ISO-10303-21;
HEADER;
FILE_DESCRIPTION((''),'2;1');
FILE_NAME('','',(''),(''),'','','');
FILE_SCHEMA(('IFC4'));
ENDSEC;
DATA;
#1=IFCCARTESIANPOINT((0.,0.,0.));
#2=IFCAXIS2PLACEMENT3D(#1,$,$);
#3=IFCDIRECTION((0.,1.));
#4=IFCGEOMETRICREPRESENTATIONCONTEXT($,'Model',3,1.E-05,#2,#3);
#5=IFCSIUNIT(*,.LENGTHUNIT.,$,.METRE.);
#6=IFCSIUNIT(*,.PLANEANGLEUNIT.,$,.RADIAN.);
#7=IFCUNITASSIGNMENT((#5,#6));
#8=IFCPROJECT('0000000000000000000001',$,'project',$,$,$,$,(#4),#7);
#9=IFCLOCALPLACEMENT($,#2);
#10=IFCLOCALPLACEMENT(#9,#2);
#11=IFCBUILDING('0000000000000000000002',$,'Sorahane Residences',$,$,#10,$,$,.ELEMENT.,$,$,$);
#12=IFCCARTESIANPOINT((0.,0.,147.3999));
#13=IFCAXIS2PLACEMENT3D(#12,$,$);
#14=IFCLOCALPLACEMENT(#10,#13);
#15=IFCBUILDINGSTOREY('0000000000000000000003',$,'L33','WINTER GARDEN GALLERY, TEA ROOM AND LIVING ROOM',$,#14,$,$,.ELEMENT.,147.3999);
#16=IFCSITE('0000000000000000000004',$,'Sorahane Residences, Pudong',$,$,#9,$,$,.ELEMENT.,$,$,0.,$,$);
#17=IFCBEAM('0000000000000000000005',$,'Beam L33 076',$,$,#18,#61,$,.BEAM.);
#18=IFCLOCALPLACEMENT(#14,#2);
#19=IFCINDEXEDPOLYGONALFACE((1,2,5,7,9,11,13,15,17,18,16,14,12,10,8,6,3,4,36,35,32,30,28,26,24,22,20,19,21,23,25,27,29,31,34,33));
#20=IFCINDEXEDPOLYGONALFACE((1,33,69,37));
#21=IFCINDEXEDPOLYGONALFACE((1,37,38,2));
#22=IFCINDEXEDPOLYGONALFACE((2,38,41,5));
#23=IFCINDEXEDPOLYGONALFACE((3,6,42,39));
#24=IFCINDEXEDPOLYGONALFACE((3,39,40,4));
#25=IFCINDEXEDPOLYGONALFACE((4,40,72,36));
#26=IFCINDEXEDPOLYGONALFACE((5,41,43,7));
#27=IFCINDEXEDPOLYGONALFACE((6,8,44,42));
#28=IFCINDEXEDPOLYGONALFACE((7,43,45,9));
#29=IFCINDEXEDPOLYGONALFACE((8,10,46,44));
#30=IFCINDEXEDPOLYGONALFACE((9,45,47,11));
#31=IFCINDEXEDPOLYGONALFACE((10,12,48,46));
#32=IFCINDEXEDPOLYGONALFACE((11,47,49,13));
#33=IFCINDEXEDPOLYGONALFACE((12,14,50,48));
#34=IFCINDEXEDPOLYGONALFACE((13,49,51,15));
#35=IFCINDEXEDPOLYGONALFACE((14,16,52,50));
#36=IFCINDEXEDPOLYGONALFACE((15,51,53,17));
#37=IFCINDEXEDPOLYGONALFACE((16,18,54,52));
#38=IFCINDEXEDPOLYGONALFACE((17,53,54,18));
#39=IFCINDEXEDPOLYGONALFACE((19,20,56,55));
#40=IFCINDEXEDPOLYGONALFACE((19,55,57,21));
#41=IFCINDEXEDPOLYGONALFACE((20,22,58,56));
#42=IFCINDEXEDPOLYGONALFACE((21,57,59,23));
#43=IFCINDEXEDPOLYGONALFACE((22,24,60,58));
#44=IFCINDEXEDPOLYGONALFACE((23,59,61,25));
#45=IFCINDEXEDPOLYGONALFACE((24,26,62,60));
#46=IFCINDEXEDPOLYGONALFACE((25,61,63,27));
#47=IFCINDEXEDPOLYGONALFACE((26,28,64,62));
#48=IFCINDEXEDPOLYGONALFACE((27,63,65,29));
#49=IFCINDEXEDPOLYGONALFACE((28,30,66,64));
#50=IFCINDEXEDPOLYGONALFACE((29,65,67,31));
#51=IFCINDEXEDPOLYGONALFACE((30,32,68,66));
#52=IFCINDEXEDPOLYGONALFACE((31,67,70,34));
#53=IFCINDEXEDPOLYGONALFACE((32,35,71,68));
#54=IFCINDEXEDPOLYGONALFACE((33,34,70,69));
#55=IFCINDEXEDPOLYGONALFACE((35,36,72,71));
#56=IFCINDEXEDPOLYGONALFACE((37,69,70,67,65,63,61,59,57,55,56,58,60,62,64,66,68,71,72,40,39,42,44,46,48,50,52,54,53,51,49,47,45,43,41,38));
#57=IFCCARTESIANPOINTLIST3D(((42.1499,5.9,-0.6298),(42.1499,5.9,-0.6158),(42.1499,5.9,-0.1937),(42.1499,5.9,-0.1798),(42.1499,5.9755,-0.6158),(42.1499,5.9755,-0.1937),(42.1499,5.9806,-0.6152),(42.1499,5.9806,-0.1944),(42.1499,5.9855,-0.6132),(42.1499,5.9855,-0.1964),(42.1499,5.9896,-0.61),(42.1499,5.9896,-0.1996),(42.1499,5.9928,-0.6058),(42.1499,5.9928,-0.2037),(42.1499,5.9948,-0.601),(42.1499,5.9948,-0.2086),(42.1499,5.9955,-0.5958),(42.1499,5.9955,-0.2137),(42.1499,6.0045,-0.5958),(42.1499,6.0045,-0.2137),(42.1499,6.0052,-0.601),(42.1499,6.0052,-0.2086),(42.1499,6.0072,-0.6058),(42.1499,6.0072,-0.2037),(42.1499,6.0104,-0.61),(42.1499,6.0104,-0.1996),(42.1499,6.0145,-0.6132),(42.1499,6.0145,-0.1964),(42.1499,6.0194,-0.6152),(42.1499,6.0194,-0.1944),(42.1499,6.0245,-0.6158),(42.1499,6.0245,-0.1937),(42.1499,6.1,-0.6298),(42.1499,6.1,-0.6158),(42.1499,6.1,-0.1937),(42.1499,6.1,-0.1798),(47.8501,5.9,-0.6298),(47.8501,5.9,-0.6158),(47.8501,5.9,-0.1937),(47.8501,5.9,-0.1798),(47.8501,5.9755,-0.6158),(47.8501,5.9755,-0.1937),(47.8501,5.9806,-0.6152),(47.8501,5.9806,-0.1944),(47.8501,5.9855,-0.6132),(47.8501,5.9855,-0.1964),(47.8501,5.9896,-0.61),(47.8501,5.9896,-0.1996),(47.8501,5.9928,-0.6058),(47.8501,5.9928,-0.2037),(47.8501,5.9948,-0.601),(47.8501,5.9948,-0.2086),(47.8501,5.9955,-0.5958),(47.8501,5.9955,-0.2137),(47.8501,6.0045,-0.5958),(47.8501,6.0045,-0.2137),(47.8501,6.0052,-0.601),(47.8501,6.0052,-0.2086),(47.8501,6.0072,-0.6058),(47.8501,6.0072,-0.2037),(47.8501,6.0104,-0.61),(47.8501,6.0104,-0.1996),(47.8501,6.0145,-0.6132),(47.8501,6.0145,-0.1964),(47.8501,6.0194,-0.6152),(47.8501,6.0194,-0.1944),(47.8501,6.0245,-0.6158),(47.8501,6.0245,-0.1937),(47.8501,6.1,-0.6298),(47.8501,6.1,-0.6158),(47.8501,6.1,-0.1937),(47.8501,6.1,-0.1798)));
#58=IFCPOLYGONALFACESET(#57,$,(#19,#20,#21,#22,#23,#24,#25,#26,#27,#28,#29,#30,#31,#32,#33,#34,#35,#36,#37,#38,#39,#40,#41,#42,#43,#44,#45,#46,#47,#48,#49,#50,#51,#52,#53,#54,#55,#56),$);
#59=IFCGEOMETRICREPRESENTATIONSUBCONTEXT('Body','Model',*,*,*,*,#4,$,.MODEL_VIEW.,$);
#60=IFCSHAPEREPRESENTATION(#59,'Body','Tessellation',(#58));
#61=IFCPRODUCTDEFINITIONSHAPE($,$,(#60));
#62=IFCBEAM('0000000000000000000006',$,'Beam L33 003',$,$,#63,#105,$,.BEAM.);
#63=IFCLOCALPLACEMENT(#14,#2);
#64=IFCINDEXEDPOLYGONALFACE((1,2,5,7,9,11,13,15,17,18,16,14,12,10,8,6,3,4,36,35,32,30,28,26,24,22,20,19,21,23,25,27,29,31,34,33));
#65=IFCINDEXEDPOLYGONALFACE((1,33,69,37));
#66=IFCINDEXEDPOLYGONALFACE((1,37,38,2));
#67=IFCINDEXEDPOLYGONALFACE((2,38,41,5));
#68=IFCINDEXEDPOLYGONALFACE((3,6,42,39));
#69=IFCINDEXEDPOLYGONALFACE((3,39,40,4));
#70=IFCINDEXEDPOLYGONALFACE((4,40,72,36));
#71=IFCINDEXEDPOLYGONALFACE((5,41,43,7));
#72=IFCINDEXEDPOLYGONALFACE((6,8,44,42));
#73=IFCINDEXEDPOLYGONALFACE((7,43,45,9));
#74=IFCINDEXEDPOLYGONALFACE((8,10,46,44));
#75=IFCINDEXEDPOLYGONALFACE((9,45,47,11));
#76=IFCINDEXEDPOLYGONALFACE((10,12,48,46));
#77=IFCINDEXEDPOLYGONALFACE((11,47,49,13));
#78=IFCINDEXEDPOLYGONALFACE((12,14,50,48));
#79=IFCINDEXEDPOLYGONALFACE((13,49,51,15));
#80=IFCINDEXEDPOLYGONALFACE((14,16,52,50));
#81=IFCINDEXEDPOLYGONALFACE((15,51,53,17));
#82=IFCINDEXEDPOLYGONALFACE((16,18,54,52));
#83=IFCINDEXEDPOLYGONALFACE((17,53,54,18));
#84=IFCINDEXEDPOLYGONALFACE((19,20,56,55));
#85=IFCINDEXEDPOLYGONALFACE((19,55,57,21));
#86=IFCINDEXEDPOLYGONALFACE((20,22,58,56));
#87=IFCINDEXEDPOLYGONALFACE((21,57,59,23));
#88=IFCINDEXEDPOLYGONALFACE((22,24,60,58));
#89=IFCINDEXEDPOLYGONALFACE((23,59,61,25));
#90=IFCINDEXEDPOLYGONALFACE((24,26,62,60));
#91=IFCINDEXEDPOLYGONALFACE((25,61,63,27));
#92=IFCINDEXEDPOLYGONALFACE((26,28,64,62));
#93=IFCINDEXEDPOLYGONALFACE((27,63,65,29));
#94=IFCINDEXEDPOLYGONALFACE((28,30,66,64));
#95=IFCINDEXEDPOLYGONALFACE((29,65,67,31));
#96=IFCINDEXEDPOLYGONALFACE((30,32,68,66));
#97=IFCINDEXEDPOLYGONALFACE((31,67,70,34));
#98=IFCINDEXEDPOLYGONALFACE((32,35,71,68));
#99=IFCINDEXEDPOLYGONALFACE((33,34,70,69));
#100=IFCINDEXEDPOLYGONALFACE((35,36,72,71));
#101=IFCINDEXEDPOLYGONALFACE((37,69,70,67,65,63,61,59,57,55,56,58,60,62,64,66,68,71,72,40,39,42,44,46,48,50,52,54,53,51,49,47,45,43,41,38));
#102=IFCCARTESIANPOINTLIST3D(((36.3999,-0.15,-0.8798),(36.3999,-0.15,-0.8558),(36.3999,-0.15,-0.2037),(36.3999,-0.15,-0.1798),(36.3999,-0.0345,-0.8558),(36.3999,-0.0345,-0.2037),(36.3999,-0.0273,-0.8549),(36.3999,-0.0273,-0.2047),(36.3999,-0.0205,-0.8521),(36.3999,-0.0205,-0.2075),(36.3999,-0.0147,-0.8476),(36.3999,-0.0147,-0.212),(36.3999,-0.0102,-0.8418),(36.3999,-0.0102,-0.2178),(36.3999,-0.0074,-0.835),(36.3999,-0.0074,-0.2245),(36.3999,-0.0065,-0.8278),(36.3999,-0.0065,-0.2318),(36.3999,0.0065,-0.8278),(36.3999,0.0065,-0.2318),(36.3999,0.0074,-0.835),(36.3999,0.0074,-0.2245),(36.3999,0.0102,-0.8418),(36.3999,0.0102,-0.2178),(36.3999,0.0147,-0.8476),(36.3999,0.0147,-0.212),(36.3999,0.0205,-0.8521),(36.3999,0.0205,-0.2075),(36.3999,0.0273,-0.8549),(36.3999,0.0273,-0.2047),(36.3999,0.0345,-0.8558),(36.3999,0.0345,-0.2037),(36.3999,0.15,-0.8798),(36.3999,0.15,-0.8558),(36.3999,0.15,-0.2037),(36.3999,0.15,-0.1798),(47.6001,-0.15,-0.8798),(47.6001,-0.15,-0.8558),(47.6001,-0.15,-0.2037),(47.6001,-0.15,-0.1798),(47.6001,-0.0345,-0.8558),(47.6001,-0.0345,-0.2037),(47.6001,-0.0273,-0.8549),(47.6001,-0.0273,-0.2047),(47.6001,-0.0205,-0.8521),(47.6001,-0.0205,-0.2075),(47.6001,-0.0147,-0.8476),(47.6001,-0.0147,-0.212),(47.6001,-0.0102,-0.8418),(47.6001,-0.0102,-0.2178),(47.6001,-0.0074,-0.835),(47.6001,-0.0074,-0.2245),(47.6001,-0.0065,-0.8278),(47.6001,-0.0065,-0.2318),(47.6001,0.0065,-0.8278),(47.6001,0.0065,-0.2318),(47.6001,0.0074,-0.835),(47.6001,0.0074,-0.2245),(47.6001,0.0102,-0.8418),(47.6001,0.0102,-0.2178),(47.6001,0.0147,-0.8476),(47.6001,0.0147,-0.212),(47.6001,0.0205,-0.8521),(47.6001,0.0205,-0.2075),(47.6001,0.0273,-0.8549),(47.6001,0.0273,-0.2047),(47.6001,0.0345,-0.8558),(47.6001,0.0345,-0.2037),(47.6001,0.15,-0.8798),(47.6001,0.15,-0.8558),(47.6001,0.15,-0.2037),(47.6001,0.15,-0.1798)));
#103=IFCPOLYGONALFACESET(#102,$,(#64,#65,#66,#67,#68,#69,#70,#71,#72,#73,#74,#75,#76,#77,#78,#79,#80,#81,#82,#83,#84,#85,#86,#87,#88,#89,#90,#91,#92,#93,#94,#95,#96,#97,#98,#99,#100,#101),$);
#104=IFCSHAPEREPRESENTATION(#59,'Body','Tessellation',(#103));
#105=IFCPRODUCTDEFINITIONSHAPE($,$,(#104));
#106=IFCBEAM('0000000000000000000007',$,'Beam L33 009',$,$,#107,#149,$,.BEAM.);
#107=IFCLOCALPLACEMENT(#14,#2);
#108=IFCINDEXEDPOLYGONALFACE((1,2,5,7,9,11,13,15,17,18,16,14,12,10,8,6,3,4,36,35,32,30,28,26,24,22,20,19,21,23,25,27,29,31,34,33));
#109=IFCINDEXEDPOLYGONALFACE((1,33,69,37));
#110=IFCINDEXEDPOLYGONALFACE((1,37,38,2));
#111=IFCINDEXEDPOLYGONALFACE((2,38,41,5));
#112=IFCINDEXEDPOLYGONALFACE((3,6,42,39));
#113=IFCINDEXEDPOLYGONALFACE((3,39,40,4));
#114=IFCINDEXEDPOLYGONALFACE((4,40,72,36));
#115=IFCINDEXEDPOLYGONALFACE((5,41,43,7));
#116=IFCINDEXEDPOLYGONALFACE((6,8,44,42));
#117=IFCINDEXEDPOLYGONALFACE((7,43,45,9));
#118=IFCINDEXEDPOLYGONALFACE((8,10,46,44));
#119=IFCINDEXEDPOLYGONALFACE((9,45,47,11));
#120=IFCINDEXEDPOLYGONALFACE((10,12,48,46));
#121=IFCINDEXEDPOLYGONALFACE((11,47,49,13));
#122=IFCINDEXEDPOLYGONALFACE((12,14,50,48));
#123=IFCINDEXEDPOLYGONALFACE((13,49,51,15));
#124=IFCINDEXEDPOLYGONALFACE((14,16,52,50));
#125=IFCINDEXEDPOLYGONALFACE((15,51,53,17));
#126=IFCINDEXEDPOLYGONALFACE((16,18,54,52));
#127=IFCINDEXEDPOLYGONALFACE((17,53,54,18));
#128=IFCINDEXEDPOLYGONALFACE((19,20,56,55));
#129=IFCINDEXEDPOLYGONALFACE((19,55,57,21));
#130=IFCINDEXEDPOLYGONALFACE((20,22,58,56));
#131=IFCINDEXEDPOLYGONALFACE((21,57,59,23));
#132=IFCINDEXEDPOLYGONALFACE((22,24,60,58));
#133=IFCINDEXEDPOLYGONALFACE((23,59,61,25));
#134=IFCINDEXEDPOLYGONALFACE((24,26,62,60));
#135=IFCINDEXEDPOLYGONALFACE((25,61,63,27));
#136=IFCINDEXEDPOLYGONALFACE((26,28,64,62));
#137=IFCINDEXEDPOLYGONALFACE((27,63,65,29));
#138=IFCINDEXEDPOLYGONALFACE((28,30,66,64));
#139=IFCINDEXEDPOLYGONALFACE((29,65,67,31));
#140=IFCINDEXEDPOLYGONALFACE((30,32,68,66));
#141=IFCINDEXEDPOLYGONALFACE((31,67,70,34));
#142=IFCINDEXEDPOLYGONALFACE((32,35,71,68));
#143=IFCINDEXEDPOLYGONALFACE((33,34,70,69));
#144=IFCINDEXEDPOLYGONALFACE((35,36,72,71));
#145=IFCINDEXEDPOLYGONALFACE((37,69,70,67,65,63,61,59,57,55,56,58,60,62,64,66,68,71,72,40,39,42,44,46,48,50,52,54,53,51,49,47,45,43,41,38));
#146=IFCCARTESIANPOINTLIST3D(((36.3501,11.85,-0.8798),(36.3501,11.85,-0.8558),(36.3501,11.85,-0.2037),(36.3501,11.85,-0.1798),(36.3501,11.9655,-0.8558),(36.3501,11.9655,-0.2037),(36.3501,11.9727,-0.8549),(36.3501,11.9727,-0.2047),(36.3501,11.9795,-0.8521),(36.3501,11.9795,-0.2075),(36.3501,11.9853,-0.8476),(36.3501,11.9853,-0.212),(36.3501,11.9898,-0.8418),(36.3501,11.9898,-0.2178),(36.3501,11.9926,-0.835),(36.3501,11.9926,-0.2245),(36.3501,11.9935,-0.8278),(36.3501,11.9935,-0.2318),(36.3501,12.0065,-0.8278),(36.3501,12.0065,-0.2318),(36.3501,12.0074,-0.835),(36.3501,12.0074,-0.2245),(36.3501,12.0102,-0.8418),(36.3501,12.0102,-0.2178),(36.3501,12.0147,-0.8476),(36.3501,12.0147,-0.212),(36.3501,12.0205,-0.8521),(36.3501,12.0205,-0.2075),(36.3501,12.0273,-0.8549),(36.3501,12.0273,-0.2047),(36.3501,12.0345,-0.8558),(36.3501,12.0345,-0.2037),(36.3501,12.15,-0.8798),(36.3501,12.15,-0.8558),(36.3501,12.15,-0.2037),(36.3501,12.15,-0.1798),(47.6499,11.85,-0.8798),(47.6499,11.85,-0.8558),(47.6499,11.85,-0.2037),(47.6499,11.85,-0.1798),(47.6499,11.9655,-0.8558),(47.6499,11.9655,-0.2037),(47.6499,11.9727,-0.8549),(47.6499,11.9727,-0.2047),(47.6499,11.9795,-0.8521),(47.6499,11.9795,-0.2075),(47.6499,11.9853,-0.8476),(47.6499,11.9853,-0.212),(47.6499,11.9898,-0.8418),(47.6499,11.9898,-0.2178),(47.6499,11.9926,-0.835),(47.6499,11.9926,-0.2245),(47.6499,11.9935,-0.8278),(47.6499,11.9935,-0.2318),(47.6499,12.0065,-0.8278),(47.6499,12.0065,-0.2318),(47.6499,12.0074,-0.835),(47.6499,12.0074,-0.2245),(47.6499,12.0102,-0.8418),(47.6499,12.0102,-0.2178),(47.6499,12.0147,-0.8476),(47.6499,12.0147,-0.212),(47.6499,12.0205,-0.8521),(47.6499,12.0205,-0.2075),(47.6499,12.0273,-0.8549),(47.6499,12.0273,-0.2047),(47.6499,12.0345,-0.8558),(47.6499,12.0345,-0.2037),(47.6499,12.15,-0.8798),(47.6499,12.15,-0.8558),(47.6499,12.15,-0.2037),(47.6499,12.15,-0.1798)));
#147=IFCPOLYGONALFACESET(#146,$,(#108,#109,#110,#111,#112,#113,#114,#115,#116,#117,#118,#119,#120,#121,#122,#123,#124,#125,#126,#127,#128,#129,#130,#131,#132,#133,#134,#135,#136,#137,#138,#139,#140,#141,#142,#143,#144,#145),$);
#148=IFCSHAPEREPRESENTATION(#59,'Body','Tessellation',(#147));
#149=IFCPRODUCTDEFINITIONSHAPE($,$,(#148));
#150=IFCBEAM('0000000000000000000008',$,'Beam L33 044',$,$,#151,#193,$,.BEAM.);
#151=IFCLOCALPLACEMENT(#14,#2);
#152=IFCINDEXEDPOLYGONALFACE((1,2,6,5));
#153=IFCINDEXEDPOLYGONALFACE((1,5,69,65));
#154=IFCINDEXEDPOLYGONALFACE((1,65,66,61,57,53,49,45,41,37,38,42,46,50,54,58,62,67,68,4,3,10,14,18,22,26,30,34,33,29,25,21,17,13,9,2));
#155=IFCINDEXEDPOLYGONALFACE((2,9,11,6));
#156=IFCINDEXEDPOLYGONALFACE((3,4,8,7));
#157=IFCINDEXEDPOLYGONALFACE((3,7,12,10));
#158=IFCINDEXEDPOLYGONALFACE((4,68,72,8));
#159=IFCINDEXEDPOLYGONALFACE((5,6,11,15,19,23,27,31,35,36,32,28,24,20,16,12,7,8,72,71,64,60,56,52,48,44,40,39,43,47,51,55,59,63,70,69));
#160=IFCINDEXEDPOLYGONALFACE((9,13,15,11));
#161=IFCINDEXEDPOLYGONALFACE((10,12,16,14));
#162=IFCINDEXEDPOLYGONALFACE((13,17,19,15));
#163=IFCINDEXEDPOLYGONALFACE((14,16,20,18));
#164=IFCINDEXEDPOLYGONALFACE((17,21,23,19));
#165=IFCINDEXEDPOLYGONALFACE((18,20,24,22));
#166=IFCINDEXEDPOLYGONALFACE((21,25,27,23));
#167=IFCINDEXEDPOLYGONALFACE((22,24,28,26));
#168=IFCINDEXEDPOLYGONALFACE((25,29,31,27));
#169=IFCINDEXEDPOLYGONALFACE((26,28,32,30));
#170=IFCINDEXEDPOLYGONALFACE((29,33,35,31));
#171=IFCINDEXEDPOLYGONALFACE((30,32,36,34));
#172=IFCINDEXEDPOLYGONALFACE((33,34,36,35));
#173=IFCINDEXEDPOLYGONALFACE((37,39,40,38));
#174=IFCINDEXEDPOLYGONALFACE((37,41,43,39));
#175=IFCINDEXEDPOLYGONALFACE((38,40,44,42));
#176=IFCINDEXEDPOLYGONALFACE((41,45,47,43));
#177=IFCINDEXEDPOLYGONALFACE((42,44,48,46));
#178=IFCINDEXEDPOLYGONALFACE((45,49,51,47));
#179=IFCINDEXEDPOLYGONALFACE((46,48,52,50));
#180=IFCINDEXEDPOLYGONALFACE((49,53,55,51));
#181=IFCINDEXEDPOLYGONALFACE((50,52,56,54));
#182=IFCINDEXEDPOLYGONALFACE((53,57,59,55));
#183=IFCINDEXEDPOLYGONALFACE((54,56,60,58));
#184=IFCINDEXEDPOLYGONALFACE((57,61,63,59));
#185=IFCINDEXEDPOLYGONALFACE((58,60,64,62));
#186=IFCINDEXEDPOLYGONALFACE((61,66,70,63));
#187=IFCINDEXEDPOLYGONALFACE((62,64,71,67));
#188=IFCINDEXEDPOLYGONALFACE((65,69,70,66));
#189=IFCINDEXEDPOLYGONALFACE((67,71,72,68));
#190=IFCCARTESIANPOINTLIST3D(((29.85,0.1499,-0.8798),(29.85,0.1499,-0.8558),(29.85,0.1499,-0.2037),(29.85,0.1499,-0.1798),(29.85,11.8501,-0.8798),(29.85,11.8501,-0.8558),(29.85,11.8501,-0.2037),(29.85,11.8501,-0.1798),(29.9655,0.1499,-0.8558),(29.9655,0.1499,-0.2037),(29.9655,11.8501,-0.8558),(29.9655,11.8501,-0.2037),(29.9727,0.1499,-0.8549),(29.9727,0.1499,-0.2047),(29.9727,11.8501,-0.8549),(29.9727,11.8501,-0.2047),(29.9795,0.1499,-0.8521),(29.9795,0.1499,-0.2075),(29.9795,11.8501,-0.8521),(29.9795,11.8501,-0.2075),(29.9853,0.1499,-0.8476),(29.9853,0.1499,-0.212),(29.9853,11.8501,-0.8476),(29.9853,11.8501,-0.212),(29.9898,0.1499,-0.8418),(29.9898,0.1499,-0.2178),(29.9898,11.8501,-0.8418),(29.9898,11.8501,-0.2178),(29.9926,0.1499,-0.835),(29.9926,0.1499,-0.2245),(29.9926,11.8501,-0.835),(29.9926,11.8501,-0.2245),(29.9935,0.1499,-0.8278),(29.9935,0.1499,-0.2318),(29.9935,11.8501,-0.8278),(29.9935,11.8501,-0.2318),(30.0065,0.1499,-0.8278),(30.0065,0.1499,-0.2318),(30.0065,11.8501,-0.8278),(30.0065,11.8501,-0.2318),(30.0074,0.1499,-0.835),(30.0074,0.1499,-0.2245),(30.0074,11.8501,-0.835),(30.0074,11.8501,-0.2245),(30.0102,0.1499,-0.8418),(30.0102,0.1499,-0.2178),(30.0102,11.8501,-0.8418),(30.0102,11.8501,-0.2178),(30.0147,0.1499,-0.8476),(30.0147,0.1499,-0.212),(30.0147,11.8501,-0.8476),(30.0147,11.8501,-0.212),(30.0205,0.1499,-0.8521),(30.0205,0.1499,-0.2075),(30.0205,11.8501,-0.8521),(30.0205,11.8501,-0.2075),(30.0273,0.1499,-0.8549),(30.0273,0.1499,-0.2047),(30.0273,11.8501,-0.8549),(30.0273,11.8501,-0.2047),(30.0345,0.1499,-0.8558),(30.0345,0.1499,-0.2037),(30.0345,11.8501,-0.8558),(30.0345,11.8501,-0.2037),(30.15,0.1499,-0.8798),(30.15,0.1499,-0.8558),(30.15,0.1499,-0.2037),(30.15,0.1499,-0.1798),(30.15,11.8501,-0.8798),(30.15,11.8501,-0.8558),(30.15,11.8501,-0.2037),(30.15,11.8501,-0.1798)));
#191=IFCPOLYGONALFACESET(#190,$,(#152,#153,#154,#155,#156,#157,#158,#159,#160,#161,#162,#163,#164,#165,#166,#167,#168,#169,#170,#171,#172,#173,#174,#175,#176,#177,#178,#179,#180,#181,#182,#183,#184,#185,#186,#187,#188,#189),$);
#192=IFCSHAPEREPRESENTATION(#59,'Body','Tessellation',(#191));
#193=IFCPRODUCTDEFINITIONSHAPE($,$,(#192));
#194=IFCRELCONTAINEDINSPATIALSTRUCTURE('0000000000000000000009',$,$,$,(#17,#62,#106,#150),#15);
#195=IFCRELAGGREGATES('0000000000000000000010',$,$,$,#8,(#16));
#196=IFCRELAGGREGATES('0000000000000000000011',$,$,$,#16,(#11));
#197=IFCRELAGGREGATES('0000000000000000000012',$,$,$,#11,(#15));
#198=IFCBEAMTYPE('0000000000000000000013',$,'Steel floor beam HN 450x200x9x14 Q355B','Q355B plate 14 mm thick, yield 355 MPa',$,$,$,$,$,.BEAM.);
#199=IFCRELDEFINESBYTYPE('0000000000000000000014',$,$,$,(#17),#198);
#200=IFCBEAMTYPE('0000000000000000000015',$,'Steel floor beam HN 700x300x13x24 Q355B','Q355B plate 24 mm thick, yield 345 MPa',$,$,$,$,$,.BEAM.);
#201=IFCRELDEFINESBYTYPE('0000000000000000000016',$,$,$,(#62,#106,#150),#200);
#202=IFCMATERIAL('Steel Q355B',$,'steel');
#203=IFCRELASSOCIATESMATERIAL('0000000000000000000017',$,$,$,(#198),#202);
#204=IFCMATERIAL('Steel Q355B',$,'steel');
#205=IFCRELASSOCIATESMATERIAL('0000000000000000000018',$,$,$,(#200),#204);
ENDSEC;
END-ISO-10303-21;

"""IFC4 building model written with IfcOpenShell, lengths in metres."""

from ifc_helpers import new_model, si_unit, direction, frame, origin, origin_2d, place, context, subcontext, project, spatial, i_section, extrude, material, material_profile, profile_set, type_object, element, save


model = new_model("IFC4")

# Units and contexts
model_context = context("Model", 3, precision=1e-05, world=origin(), true_north=direction((0.0, 1.0)))
body_context = subcontext(model_context, "Body", "Model", "MODEL_VIEW")
ifc_project = project(units=[si_unit("LENGTHUNIT", "METRE"), si_unit("PLANEANGLEUNIT", "RADIAN")], contexts=[model_context])

# Site, building, storey
site_placement = place(None, origin())
site = spatial("IfcSite", under=ifc_project, at=site_placement, Name="Sorahane Residences, Pudong", CompositionType="ELEMENT", RefElevation=0.0)
building_placement = place(site_placement, origin())
building = spatial("IfcBuilding", under=site, at=building_placement, Name="Sorahane Residences", CompositionType="ELEMENT")
storey_placement = place(building_placement, frame((0.0, 0.0, 147.3999)))
storey = spatial("IfcBuildingStorey", under=building, at=storey_placement, Name="L33", Description="WINTER GARDEN GALLERY, TEA ROOM AND LIVING ROOM", CompositionType="ELEMENT", Elevation=147.3999)

# Beams
ifc_material_1 = material(Name="Steel Q355B", Category="steel")
ifc_material_profile_1 = material_profile(ifc_material_1, i_section(OverallWidth=0.2, OverallDepth=0.45, WebThickness=0.009, FlangeThickness=0.0139, FilletRadius=0.02, at=origin_2d()), Name="HN 450x200x9x14")
ifc_profile_set_1 = profile_set([ifc_material_profile_1], Name="Steel Q355B")
beam_type_1 = type_object("IfcBeamType", Name="Steel floor beam HN 450x200x9x14 Q355B", Description="Q355B plate 14 mm thick, yield 355 MPa", PredefinedType="BEAM", material=ifc_profile_set_1)
for number, where, z_axis, x_axis, name in (
    (1, (42.1499, 6.0, -0.4048), (1.0, 0.0, 0.0), (0.0, 1.0, 0.0), "Beam L33 076"),
):
    element("IfcBeam", number, at=place(storey_placement, frame(where, z_axis=z_axis, x_axis=x_axis)), inside=storey, type_object=beam_type_1, Name=name, PredefinedType="BEAM", context=body_context, shape_type="SweptSolid", body=[
        extrude(i_section(OverallWidth=0.2, OverallDepth=0.45, WebThickness=0.009, FlangeThickness=0.0139, FilletRadius=0.02, at=origin_2d()), origin(), (0.0, 0.0, 1.0), 5.7002),
    ])
ifc_material_2 = material(Name="Steel Q355B", Category="steel")
ifc_material_profile_2 = material_profile(ifc_material_2, i_section(OverallWidth=0.3, OverallDepth=0.7, WebThickness=0.0129, FlangeThickness=0.0239, FilletRadius=0.0281, at=origin_2d()), Name="HN 700x300x13x24")
ifc_profile_set_2 = profile_set([ifc_material_profile_2], Name="Steel Q355B")
beam_type_2 = type_object("IfcBeamType", Name="Steel floor beam HN 700x300x13x24 Q355B", Description="Q355B plate 24 mm thick, yield 345 MPa", PredefinedType="BEAM", material=ifc_profile_set_2)
beam_1_placement = place(storey_placement, frame((36.3999, 0.0, -0.5298), z_axis=(1.0, 0.0, 0.0), x_axis=(0.0, 1.0, 0.0)))
element("IfcBeam", 2, at=beam_1_placement, inside=storey, type_object=beam_type_2, Name="Beam L33 003", PredefinedType="BEAM", context=body_context, shape_type="SweptSolid", body=[
    extrude(i_section(OverallWidth=0.3, OverallDepth=0.7, WebThickness=0.0129, FlangeThickness=0.0239, FilletRadius=0.0281, at=origin_2d()), origin(), (0.0, 0.0, 1.0), 11.2002),
])
beam_2_placement = place(storey_placement, frame((36.3501, 12.0, -0.5298), z_axis=(1.0, 0.0, 0.0), x_axis=(0.0, 1.0, 0.0)))
element("IfcBeam", 3, at=beam_2_placement, inside=storey, type_object=beam_type_2, Name="Beam L33 009", PredefinedType="BEAM", context=body_context, shape_type="SweptSolid", body=[
    extrude(i_section(OverallWidth=0.3, OverallDepth=0.7, WebThickness=0.0129, FlangeThickness=0.0239, FilletRadius=0.0281, at=origin_2d()), origin(), (0.0, 0.0, 1.0), 11.2998),
])
beam_3_placement = place(storey_placement, frame((30.0, 0.1499, -0.5298), z_axis=(0.0, 1.0, 0.0), x_axis=(-1.0, 0.0, 0.0)))
element("IfcBeam", 4, at=beam_3_placement, inside=storey, type_object=beam_type_2, Name="Beam L33 044", PredefinedType="BEAM", context=body_context, shape_type="SweptSolid", body=[
    extrude(i_section(OverallWidth=0.3, OverallDepth=0.7, WebThickness=0.0129, FlangeThickness=0.0239, FilletRadius=0.0281, at=origin_2d()), origin(), (0.0, 0.0, 1.0), 11.7002),
])

save(model, "model.ifc")
